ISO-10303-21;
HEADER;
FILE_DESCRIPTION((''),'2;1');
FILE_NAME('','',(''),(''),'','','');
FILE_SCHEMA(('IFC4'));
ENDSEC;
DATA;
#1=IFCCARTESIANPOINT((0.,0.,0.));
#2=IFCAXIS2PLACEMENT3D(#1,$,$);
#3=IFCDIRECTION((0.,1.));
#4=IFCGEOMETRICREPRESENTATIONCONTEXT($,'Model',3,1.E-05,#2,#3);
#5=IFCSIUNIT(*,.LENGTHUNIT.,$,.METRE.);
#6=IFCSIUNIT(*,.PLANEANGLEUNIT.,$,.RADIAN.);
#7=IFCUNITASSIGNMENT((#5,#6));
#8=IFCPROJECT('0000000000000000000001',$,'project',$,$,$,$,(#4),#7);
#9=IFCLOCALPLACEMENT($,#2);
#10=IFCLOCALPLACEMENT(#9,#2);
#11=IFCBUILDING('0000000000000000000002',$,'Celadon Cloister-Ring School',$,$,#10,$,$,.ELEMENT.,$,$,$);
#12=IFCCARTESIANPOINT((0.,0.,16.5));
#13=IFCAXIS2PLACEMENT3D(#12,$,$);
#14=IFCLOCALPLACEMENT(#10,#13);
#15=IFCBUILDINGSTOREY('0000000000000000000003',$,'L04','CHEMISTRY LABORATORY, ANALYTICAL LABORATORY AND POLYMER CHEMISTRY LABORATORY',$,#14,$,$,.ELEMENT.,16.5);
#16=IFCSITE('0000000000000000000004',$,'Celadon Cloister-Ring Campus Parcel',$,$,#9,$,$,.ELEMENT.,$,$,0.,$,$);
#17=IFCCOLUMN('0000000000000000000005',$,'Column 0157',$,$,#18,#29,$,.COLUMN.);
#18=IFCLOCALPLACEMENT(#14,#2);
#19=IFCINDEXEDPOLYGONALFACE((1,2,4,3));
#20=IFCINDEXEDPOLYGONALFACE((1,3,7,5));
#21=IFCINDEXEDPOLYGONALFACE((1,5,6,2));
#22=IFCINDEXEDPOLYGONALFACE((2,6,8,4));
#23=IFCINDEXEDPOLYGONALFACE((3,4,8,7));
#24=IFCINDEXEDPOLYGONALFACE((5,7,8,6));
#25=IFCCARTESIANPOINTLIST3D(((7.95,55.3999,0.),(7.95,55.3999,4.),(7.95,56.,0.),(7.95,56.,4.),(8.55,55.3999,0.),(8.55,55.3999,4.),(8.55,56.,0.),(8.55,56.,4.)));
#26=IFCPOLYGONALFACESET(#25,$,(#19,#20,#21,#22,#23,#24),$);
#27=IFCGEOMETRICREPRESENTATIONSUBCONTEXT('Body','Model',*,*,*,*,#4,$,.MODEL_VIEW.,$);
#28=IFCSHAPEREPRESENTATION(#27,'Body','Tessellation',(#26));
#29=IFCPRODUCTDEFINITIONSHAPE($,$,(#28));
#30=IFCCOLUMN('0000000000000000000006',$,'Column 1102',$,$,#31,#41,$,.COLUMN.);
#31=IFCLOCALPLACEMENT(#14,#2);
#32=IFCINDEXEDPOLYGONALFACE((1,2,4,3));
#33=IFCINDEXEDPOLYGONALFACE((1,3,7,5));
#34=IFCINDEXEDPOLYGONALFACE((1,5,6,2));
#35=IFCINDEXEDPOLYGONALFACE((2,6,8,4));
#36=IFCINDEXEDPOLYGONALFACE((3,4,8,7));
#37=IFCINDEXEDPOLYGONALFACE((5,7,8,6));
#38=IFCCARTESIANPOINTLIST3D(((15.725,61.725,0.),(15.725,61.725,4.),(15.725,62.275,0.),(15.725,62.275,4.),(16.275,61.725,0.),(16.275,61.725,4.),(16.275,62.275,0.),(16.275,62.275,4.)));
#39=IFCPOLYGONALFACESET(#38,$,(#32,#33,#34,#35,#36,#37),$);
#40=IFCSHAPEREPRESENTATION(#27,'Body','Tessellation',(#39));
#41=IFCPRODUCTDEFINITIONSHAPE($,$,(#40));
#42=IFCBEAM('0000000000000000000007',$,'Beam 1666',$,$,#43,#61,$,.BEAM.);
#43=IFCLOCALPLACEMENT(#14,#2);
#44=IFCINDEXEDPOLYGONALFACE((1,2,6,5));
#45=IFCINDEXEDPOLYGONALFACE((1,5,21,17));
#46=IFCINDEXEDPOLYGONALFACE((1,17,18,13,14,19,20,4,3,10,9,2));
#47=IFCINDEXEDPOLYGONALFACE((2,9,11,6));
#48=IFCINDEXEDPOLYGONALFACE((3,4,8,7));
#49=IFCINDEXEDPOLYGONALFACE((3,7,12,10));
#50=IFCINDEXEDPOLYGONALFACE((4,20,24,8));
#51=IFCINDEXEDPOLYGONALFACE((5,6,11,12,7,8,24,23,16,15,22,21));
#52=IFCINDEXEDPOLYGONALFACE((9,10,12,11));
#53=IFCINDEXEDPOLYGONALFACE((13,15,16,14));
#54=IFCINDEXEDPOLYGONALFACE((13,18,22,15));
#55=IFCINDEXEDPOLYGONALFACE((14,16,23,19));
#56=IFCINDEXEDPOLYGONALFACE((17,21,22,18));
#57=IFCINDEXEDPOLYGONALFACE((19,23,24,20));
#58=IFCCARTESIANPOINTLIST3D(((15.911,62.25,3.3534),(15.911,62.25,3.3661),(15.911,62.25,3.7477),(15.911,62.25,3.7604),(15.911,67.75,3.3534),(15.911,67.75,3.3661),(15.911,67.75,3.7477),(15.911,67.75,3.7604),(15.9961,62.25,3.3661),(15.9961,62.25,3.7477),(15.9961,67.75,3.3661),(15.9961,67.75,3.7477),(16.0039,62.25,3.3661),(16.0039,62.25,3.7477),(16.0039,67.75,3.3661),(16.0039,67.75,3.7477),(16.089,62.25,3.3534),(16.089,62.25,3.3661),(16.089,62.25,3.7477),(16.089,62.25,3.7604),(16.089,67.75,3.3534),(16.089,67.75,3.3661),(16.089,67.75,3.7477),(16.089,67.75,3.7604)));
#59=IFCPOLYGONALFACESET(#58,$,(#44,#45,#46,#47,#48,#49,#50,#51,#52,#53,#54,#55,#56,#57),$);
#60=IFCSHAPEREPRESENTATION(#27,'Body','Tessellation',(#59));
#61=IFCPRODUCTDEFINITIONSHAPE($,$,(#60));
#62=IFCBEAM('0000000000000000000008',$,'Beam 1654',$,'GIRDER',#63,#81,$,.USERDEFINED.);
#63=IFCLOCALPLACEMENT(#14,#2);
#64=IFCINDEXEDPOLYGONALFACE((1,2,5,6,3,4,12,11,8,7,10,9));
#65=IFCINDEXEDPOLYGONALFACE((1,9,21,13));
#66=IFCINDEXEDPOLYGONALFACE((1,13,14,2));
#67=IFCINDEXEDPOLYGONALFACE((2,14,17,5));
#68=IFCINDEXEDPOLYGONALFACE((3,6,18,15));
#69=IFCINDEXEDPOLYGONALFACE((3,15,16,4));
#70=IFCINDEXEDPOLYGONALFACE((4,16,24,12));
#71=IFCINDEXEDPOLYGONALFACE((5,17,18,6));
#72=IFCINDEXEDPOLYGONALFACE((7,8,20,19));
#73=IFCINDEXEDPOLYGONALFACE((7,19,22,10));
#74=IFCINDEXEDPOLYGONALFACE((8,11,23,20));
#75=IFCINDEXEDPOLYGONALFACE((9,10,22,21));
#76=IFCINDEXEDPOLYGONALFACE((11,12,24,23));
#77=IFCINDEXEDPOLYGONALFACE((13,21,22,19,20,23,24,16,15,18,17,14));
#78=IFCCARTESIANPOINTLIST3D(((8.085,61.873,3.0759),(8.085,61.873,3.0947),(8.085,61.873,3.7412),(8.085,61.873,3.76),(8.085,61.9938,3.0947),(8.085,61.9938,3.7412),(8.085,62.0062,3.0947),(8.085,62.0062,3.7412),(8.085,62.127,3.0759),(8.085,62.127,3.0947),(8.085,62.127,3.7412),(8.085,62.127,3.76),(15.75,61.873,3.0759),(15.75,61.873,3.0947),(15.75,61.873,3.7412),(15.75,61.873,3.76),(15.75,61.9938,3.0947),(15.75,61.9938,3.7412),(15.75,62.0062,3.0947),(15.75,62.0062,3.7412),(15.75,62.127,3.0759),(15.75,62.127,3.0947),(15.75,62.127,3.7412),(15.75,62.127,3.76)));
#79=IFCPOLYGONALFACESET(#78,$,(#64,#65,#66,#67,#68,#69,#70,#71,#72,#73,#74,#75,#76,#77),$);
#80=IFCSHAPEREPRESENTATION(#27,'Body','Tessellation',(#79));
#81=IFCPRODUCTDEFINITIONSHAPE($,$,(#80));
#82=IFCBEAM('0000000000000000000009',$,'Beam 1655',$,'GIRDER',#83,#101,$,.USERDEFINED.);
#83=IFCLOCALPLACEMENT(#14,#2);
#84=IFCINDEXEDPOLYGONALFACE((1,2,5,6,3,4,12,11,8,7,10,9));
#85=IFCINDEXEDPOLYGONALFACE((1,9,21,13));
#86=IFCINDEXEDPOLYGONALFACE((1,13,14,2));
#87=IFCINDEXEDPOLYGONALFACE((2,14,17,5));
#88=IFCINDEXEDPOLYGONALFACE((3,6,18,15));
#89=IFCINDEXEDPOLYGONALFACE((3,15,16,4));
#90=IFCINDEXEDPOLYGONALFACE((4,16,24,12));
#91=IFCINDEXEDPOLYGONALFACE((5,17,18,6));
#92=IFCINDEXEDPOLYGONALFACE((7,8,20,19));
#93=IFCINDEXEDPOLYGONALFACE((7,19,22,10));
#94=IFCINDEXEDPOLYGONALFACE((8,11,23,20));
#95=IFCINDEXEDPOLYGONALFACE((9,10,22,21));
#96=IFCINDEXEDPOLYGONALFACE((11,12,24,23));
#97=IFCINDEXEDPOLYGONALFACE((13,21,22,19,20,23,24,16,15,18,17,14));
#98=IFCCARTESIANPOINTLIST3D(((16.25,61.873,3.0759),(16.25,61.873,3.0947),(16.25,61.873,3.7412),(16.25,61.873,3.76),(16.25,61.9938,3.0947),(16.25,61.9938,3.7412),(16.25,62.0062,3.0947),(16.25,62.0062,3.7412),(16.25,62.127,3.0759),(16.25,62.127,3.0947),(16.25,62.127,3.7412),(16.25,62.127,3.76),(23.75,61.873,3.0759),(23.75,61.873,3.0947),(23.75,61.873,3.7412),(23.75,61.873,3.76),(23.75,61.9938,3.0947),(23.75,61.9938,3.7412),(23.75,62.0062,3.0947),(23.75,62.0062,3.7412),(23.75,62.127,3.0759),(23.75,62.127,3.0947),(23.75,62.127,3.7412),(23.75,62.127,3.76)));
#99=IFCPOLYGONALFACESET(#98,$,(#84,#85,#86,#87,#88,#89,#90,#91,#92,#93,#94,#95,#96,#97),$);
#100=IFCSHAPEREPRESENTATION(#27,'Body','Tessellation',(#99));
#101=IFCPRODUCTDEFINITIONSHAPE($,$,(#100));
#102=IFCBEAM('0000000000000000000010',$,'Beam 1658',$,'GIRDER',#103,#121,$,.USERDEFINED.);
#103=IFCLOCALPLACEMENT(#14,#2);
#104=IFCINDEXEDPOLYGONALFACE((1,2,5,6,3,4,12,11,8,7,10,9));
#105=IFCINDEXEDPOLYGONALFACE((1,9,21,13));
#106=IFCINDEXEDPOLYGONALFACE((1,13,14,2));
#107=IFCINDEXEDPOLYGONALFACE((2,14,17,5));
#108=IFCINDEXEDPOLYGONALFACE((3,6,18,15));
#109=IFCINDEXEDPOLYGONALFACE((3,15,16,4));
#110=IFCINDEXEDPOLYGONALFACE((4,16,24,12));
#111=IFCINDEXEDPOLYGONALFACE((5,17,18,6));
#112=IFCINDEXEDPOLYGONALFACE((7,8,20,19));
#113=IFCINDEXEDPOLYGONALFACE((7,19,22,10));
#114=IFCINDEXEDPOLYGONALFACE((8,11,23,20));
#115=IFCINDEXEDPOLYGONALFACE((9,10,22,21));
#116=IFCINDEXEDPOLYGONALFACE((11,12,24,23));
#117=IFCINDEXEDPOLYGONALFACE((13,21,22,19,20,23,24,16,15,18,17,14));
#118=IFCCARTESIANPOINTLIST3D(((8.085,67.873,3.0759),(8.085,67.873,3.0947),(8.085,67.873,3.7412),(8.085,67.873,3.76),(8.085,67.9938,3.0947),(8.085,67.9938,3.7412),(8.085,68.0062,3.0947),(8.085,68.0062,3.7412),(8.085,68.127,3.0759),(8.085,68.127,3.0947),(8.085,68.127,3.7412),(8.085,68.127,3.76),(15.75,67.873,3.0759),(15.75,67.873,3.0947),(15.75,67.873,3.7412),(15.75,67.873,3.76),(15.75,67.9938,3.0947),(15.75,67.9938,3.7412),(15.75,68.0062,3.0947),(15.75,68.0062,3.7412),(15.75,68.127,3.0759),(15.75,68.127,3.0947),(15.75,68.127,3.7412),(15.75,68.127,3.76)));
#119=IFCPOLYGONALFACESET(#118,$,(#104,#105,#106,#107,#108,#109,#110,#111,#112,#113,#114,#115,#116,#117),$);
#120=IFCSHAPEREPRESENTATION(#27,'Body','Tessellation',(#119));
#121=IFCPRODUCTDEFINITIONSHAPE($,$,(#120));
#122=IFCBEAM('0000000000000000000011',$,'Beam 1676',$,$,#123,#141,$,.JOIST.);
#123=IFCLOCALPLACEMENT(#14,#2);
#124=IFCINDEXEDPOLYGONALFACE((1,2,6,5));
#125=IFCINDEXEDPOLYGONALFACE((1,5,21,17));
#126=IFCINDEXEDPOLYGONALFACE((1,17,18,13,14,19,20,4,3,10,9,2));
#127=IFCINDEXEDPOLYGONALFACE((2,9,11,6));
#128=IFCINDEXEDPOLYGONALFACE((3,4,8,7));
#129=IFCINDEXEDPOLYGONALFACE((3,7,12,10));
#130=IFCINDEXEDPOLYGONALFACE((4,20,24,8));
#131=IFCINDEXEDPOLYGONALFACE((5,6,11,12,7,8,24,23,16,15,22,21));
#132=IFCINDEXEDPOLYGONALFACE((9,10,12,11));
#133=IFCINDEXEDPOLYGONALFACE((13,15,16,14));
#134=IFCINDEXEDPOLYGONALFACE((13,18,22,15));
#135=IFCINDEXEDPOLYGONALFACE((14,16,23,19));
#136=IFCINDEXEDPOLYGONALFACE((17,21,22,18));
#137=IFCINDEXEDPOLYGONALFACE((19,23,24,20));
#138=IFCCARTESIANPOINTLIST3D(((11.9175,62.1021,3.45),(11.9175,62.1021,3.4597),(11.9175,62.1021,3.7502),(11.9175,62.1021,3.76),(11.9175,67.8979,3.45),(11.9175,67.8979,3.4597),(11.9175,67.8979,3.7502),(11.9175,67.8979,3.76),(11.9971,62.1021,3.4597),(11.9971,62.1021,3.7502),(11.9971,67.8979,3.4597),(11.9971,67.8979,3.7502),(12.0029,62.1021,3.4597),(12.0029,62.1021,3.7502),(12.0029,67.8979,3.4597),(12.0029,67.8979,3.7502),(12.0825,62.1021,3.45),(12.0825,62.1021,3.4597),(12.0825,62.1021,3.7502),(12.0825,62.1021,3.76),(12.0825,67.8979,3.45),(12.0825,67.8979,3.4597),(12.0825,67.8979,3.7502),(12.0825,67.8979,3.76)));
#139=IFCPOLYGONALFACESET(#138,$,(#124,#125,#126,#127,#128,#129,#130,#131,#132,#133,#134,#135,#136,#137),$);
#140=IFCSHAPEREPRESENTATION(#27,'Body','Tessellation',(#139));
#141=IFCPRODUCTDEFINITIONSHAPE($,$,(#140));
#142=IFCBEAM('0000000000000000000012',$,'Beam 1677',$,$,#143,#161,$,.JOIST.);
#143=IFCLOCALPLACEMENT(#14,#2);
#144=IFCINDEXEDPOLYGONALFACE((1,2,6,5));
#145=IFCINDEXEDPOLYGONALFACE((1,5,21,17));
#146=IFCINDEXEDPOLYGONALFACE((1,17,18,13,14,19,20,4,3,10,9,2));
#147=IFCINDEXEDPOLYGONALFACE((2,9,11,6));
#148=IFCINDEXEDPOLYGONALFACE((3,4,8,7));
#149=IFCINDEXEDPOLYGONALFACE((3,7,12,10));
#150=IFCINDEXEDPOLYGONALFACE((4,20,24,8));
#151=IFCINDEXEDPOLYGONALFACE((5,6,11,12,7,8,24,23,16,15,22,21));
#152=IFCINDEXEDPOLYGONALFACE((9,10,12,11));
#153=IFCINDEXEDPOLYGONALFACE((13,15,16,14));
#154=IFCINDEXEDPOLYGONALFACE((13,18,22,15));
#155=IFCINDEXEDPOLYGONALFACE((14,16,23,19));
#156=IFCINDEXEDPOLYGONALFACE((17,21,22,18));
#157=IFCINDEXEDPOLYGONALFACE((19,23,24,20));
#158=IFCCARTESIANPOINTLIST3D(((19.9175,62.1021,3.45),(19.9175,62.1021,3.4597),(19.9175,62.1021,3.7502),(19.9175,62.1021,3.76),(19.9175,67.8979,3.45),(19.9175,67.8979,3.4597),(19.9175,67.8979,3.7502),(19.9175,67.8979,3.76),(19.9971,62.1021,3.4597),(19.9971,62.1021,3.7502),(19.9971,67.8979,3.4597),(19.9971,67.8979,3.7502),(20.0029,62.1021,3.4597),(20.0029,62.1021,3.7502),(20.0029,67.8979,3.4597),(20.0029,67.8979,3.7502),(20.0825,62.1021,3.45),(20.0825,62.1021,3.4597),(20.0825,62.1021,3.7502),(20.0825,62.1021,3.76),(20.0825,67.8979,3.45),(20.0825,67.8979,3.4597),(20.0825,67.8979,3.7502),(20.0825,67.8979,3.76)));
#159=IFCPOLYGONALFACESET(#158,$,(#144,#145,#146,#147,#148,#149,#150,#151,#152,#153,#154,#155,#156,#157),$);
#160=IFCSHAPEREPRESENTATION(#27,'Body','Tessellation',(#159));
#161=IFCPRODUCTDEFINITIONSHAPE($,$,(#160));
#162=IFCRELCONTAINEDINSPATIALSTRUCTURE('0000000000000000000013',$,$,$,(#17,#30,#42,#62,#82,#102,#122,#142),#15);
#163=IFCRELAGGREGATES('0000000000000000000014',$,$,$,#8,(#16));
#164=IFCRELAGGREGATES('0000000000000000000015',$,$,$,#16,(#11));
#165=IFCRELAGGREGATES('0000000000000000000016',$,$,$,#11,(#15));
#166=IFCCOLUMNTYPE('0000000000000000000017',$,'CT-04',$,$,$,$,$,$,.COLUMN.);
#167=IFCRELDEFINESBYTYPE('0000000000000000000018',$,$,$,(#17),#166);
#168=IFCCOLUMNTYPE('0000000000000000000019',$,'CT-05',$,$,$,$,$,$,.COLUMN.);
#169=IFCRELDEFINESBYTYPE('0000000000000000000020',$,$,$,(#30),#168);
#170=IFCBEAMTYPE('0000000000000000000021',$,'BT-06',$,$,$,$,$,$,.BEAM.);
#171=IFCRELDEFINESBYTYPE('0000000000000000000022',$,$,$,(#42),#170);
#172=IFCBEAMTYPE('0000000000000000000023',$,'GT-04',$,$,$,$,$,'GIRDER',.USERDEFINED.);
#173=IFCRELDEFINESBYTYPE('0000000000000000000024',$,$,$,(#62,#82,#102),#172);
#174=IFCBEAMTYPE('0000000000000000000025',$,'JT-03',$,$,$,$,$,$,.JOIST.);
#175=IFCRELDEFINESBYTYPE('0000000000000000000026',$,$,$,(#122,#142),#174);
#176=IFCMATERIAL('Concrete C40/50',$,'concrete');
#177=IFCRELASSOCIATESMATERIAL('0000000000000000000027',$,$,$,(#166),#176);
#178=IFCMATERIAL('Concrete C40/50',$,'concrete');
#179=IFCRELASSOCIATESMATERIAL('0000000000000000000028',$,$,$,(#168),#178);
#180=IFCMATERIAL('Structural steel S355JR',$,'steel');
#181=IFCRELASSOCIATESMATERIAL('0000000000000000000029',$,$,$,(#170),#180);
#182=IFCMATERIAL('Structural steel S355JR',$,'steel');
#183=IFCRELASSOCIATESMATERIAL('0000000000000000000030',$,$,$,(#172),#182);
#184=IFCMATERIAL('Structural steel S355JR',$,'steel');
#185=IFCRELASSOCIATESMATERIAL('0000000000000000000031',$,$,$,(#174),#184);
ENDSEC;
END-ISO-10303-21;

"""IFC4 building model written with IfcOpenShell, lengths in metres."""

from ifc_helpers import new_model, si_unit, direction, frame, origin, origin_2d, place, context, subcontext, project, spatial, rectangle, i_section, extrude, material, material_profile, profile_set, type_object, element, save


model = new_model("IFC4")

# Units and contexts
model_context = context("Model", 3, precision=1e-05, world=origin(), true_north=direction((0.0, 1.0)))
body_context = subcontext(model_context, "Body", "Model", "MODEL_VIEW")
ifc_project = project(units=[si_unit("LENGTHUNIT", "METRE"), si_unit("PLANEANGLEUNIT", "RADIAN")], contexts=[model_context])

# Site, building, storey
site_placement = place(None, origin())
site = spatial("IfcSite", under=ifc_project, at=site_placement, Name="Celadon Cloister-Ring Campus Parcel", CompositionType="ELEMENT", RefElevation=0.0)
building_placement = place(site_placement, origin())
building = spatial("IfcBuilding", under=site, at=building_placement, Name="Celadon Cloister-Ring School", CompositionType="ELEMENT")
storey_placement = place(building_placement, frame((0.0, 0.0, 16.5)))
storey = spatial("IfcBuildingStorey", under=building, at=storey_placement, Name="L04", Description="CHEMISTRY LABORATORY, ANALYTICAL LABORATORY AND POLYMER CHEMISTRY LABORATORY", CompositionType="ELEMENT", Elevation=16.5)

# Columns
ifc_material_1 = material(Name="Concrete C40/50", Category="concrete")
ifc_material_profile_1 = material_profile(ifc_material_1, rectangle(XDim=0.6001, YDim=0.6001, at=origin_2d()), Name="RC600X600")
ifc_profile_set_1 = profile_set([ifc_material_profile_1], Name="Concrete C40/50")
column_type_1 = type_object("IfcColumnType", Name="CT-04", PredefinedType="COLUMN", material=ifc_profile_set_1)
column_1_placement = place(storey_placement, frame((8.25, 55.7, 0.0), z_axis=(0.0, 0.0, 1.0), x_axis=(1.0, 0.0, 0.0)))
element("IfcColumn", 1, at=column_1_placement, inside=storey, type_object=column_type_1, Name="Column 0157", PredefinedType="COLUMN", context=body_context, shape_type="SweptSolid", body=[
    extrude(rectangle(XDim=0.6001, YDim=0.6001, at=origin_2d()), origin(), (0.0, 0.0, 1.0), 4.0),
])
ifc_material_2 = material(Name="Concrete C40/50", Category="concrete")
ifc_material_profile_2 = material_profile(ifc_material_2, rectangle(XDim=0.55, YDim=0.55, at=origin_2d()), Name="RC550X550")
ifc_profile_set_2 = profile_set([ifc_material_profile_2], Name="Concrete C40/50")
column_type_2 = type_object("IfcColumnType", Name="CT-05", PredefinedType="COLUMN", material=ifc_profile_set_2)
column_2_placement = place(storey_placement, frame((16.0, 62.0, 0.0), z_axis=(0.0, 0.0, 1.0), x_axis=(1.0, 0.0, 0.0)))
element("IfcColumn", 2, at=column_2_placement, inside=storey, type_object=column_type_2, Name="Column 1102", PredefinedType="COLUMN", context=body_context, shape_type="SweptSolid", body=[
    extrude(rectangle(XDim=0.55, YDim=0.55, at=origin_2d()), origin(), (0.0, 0.0, 1.0), 4.0),
])

# Beams
ifc_material_3 = material(Name="Structural steel S355JR", Category="steel")
ifc_material_profile_3 = material_profile(ifc_material_3, i_section(OverallWidth=0.178, OverallDepth=0.407, WebThickness=0.0078, FlangeThickness=0.0127, at=origin_2d()), Name="W410X60")
ifc_profile_set_3 = profile_set([ifc_material_profile_3], Name="Structural steel S355JR")
beam_type_1 = type_object("IfcBeamType", Name="BT-06", PredefinedType="BEAM", material=ifc_profile_set_3)
beam_1_placement = place(storey_placement, frame((16.0, 62.25, 3.5569), z_axis=(0.0, 1.0, 0.0), x_axis=(-1.0, 0.0, 0.0)))
element("IfcBeam", 3, at=beam_1_placement, inside=storey, type_object=beam_type_1, Name="Beam 1666", PredefinedType="BEAM", context=body_context, shape_type="SweptSolid", body=[
    extrude(i_section(OverallWidth=0.178, OverallDepth=0.407, WebThickness=0.0078, FlangeThickness=0.0127, at=origin_2d()), origin(), (0.0, 0.0, 1.0), 5.5),
])
ifc_material_4 = material(Name="Structural steel S355JR", Category="steel")
ifc_material_profile_4 = material_profile(ifc_material_4, i_section(OverallWidth=0.2539, OverallDepth=0.6841, WebThickness=0.0125, FlangeThickness=0.0188, at=origin_2d()), Name="W690X140")
ifc_profile_set_4 = profile_set([ifc_material_profile_4], Name="Structural steel S355JR")
beam_type_2 = type_object("IfcBeamType", Name="GT-04", ElementType="GIRDER", PredefinedType="USERDEFINED", material=ifc_profile_set_4)
beam_2_placement = place(storey_placement, frame((8.085, 62.0, 3.418), z_axis=(1.0, 0.0, 0.0), x_axis=(0.0, 1.0, 0.0)))
element("IfcBeam", 4, at=beam_2_placement, inside=storey, type_object=beam_type_2, Name="Beam 1654", ObjectType="GIRDER", PredefinedType="USERDEFINED", context=body_context, shape_type="SweptSolid", body=[
    extrude(i_section(OverallWidth=0.2539, OverallDepth=0.6841, WebThickness=0.0125, FlangeThickness=0.0188, at=origin_2d()), origin(), (0.0, 0.0, 1.0), 7.665),
])
beam_3_placement = place(storey_placement, frame((16.25, 62.0, 3.418), z_axis=(1.0, 0.0, 0.0), x_axis=(0.0, 1.0, 0.0)))
element("IfcBeam", 5, at=beam_3_placement, inside=storey, type_object=beam_type_2, Name="Beam 1655", ObjectType="GIRDER", PredefinedType="USERDEFINED", context=body_context, shape_type="SweptSolid", body=[
    extrude(i_section(OverallWidth=0.2539, OverallDepth=0.6841, WebThickness=0.0125, FlangeThickness=0.0188, at=origin_2d()), origin(), (0.0, 0.0, 1.0), 7.5),
])
beam_4_placement = place(storey_placement, frame((8.085, 68.0, 3.418), z_axis=(1.0, 0.0, 0.0), x_axis=(0.0, 1.0, 0.0)))
element("IfcBeam", 6, at=beam_4_placement, inside=storey, type_object=beam_type_2, Name="Beam 1658", ObjectType="GIRDER", PredefinedType="USERDEFINED", context=body_context, shape_type="SweptSolid", body=[
    extrude(i_section(OverallWidth=0.2539, OverallDepth=0.6841, WebThickness=0.0125, FlangeThickness=0.0188, at=origin_2d()), origin(), (0.0, 0.0, 1.0), 7.665),
])
ifc_material_5 = material(Name="Structural steel S355JR", Category="steel")
ifc_material_profile_5 = material_profile(ifc_material_5, i_section(OverallWidth=0.165, OverallDepth=0.3101, WebThickness=0.0059, FlangeThickness=0.0098, at=origin_2d()), Name="W310X39")
ifc_profile_set_5 = profile_set([ifc_material_profile_5], Name="Structural steel S355JR")
beam_type_3 = type_object("IfcBeamType", Name="JT-03", PredefinedType="JOIST", material=ifc_profile_set_5)
for number, where, z_axis, x_axis, name in (
    (7, (12.0, 62.1021, 3.605), (0.0, 1.0, 0.0), (-1.0, 0.0, 0.0), "Beam 1676"),
    (8, (20.0, 62.1021, 3.605), (0.0, 1.0, 0.0), (-1.0, 0.0, 0.0), "Beam 1677"),
):
    element("IfcBeam", number, at=place(storey_placement, frame(where, z_axis=z_axis, x_axis=x_axis)), inside=storey, type_object=beam_type_3, Name=name, PredefinedType="JOIST", context=body_context, shape_type="SweptSolid", body=[
        extrude(i_section(OverallWidth=0.165, OverallDepth=0.3101, WebThickness=0.0059, FlangeThickness=0.0098, at=origin_2d()), origin(), (0.0, 0.0, 1.0), 5.7959),
    ])

save(model, "model.ifc")
